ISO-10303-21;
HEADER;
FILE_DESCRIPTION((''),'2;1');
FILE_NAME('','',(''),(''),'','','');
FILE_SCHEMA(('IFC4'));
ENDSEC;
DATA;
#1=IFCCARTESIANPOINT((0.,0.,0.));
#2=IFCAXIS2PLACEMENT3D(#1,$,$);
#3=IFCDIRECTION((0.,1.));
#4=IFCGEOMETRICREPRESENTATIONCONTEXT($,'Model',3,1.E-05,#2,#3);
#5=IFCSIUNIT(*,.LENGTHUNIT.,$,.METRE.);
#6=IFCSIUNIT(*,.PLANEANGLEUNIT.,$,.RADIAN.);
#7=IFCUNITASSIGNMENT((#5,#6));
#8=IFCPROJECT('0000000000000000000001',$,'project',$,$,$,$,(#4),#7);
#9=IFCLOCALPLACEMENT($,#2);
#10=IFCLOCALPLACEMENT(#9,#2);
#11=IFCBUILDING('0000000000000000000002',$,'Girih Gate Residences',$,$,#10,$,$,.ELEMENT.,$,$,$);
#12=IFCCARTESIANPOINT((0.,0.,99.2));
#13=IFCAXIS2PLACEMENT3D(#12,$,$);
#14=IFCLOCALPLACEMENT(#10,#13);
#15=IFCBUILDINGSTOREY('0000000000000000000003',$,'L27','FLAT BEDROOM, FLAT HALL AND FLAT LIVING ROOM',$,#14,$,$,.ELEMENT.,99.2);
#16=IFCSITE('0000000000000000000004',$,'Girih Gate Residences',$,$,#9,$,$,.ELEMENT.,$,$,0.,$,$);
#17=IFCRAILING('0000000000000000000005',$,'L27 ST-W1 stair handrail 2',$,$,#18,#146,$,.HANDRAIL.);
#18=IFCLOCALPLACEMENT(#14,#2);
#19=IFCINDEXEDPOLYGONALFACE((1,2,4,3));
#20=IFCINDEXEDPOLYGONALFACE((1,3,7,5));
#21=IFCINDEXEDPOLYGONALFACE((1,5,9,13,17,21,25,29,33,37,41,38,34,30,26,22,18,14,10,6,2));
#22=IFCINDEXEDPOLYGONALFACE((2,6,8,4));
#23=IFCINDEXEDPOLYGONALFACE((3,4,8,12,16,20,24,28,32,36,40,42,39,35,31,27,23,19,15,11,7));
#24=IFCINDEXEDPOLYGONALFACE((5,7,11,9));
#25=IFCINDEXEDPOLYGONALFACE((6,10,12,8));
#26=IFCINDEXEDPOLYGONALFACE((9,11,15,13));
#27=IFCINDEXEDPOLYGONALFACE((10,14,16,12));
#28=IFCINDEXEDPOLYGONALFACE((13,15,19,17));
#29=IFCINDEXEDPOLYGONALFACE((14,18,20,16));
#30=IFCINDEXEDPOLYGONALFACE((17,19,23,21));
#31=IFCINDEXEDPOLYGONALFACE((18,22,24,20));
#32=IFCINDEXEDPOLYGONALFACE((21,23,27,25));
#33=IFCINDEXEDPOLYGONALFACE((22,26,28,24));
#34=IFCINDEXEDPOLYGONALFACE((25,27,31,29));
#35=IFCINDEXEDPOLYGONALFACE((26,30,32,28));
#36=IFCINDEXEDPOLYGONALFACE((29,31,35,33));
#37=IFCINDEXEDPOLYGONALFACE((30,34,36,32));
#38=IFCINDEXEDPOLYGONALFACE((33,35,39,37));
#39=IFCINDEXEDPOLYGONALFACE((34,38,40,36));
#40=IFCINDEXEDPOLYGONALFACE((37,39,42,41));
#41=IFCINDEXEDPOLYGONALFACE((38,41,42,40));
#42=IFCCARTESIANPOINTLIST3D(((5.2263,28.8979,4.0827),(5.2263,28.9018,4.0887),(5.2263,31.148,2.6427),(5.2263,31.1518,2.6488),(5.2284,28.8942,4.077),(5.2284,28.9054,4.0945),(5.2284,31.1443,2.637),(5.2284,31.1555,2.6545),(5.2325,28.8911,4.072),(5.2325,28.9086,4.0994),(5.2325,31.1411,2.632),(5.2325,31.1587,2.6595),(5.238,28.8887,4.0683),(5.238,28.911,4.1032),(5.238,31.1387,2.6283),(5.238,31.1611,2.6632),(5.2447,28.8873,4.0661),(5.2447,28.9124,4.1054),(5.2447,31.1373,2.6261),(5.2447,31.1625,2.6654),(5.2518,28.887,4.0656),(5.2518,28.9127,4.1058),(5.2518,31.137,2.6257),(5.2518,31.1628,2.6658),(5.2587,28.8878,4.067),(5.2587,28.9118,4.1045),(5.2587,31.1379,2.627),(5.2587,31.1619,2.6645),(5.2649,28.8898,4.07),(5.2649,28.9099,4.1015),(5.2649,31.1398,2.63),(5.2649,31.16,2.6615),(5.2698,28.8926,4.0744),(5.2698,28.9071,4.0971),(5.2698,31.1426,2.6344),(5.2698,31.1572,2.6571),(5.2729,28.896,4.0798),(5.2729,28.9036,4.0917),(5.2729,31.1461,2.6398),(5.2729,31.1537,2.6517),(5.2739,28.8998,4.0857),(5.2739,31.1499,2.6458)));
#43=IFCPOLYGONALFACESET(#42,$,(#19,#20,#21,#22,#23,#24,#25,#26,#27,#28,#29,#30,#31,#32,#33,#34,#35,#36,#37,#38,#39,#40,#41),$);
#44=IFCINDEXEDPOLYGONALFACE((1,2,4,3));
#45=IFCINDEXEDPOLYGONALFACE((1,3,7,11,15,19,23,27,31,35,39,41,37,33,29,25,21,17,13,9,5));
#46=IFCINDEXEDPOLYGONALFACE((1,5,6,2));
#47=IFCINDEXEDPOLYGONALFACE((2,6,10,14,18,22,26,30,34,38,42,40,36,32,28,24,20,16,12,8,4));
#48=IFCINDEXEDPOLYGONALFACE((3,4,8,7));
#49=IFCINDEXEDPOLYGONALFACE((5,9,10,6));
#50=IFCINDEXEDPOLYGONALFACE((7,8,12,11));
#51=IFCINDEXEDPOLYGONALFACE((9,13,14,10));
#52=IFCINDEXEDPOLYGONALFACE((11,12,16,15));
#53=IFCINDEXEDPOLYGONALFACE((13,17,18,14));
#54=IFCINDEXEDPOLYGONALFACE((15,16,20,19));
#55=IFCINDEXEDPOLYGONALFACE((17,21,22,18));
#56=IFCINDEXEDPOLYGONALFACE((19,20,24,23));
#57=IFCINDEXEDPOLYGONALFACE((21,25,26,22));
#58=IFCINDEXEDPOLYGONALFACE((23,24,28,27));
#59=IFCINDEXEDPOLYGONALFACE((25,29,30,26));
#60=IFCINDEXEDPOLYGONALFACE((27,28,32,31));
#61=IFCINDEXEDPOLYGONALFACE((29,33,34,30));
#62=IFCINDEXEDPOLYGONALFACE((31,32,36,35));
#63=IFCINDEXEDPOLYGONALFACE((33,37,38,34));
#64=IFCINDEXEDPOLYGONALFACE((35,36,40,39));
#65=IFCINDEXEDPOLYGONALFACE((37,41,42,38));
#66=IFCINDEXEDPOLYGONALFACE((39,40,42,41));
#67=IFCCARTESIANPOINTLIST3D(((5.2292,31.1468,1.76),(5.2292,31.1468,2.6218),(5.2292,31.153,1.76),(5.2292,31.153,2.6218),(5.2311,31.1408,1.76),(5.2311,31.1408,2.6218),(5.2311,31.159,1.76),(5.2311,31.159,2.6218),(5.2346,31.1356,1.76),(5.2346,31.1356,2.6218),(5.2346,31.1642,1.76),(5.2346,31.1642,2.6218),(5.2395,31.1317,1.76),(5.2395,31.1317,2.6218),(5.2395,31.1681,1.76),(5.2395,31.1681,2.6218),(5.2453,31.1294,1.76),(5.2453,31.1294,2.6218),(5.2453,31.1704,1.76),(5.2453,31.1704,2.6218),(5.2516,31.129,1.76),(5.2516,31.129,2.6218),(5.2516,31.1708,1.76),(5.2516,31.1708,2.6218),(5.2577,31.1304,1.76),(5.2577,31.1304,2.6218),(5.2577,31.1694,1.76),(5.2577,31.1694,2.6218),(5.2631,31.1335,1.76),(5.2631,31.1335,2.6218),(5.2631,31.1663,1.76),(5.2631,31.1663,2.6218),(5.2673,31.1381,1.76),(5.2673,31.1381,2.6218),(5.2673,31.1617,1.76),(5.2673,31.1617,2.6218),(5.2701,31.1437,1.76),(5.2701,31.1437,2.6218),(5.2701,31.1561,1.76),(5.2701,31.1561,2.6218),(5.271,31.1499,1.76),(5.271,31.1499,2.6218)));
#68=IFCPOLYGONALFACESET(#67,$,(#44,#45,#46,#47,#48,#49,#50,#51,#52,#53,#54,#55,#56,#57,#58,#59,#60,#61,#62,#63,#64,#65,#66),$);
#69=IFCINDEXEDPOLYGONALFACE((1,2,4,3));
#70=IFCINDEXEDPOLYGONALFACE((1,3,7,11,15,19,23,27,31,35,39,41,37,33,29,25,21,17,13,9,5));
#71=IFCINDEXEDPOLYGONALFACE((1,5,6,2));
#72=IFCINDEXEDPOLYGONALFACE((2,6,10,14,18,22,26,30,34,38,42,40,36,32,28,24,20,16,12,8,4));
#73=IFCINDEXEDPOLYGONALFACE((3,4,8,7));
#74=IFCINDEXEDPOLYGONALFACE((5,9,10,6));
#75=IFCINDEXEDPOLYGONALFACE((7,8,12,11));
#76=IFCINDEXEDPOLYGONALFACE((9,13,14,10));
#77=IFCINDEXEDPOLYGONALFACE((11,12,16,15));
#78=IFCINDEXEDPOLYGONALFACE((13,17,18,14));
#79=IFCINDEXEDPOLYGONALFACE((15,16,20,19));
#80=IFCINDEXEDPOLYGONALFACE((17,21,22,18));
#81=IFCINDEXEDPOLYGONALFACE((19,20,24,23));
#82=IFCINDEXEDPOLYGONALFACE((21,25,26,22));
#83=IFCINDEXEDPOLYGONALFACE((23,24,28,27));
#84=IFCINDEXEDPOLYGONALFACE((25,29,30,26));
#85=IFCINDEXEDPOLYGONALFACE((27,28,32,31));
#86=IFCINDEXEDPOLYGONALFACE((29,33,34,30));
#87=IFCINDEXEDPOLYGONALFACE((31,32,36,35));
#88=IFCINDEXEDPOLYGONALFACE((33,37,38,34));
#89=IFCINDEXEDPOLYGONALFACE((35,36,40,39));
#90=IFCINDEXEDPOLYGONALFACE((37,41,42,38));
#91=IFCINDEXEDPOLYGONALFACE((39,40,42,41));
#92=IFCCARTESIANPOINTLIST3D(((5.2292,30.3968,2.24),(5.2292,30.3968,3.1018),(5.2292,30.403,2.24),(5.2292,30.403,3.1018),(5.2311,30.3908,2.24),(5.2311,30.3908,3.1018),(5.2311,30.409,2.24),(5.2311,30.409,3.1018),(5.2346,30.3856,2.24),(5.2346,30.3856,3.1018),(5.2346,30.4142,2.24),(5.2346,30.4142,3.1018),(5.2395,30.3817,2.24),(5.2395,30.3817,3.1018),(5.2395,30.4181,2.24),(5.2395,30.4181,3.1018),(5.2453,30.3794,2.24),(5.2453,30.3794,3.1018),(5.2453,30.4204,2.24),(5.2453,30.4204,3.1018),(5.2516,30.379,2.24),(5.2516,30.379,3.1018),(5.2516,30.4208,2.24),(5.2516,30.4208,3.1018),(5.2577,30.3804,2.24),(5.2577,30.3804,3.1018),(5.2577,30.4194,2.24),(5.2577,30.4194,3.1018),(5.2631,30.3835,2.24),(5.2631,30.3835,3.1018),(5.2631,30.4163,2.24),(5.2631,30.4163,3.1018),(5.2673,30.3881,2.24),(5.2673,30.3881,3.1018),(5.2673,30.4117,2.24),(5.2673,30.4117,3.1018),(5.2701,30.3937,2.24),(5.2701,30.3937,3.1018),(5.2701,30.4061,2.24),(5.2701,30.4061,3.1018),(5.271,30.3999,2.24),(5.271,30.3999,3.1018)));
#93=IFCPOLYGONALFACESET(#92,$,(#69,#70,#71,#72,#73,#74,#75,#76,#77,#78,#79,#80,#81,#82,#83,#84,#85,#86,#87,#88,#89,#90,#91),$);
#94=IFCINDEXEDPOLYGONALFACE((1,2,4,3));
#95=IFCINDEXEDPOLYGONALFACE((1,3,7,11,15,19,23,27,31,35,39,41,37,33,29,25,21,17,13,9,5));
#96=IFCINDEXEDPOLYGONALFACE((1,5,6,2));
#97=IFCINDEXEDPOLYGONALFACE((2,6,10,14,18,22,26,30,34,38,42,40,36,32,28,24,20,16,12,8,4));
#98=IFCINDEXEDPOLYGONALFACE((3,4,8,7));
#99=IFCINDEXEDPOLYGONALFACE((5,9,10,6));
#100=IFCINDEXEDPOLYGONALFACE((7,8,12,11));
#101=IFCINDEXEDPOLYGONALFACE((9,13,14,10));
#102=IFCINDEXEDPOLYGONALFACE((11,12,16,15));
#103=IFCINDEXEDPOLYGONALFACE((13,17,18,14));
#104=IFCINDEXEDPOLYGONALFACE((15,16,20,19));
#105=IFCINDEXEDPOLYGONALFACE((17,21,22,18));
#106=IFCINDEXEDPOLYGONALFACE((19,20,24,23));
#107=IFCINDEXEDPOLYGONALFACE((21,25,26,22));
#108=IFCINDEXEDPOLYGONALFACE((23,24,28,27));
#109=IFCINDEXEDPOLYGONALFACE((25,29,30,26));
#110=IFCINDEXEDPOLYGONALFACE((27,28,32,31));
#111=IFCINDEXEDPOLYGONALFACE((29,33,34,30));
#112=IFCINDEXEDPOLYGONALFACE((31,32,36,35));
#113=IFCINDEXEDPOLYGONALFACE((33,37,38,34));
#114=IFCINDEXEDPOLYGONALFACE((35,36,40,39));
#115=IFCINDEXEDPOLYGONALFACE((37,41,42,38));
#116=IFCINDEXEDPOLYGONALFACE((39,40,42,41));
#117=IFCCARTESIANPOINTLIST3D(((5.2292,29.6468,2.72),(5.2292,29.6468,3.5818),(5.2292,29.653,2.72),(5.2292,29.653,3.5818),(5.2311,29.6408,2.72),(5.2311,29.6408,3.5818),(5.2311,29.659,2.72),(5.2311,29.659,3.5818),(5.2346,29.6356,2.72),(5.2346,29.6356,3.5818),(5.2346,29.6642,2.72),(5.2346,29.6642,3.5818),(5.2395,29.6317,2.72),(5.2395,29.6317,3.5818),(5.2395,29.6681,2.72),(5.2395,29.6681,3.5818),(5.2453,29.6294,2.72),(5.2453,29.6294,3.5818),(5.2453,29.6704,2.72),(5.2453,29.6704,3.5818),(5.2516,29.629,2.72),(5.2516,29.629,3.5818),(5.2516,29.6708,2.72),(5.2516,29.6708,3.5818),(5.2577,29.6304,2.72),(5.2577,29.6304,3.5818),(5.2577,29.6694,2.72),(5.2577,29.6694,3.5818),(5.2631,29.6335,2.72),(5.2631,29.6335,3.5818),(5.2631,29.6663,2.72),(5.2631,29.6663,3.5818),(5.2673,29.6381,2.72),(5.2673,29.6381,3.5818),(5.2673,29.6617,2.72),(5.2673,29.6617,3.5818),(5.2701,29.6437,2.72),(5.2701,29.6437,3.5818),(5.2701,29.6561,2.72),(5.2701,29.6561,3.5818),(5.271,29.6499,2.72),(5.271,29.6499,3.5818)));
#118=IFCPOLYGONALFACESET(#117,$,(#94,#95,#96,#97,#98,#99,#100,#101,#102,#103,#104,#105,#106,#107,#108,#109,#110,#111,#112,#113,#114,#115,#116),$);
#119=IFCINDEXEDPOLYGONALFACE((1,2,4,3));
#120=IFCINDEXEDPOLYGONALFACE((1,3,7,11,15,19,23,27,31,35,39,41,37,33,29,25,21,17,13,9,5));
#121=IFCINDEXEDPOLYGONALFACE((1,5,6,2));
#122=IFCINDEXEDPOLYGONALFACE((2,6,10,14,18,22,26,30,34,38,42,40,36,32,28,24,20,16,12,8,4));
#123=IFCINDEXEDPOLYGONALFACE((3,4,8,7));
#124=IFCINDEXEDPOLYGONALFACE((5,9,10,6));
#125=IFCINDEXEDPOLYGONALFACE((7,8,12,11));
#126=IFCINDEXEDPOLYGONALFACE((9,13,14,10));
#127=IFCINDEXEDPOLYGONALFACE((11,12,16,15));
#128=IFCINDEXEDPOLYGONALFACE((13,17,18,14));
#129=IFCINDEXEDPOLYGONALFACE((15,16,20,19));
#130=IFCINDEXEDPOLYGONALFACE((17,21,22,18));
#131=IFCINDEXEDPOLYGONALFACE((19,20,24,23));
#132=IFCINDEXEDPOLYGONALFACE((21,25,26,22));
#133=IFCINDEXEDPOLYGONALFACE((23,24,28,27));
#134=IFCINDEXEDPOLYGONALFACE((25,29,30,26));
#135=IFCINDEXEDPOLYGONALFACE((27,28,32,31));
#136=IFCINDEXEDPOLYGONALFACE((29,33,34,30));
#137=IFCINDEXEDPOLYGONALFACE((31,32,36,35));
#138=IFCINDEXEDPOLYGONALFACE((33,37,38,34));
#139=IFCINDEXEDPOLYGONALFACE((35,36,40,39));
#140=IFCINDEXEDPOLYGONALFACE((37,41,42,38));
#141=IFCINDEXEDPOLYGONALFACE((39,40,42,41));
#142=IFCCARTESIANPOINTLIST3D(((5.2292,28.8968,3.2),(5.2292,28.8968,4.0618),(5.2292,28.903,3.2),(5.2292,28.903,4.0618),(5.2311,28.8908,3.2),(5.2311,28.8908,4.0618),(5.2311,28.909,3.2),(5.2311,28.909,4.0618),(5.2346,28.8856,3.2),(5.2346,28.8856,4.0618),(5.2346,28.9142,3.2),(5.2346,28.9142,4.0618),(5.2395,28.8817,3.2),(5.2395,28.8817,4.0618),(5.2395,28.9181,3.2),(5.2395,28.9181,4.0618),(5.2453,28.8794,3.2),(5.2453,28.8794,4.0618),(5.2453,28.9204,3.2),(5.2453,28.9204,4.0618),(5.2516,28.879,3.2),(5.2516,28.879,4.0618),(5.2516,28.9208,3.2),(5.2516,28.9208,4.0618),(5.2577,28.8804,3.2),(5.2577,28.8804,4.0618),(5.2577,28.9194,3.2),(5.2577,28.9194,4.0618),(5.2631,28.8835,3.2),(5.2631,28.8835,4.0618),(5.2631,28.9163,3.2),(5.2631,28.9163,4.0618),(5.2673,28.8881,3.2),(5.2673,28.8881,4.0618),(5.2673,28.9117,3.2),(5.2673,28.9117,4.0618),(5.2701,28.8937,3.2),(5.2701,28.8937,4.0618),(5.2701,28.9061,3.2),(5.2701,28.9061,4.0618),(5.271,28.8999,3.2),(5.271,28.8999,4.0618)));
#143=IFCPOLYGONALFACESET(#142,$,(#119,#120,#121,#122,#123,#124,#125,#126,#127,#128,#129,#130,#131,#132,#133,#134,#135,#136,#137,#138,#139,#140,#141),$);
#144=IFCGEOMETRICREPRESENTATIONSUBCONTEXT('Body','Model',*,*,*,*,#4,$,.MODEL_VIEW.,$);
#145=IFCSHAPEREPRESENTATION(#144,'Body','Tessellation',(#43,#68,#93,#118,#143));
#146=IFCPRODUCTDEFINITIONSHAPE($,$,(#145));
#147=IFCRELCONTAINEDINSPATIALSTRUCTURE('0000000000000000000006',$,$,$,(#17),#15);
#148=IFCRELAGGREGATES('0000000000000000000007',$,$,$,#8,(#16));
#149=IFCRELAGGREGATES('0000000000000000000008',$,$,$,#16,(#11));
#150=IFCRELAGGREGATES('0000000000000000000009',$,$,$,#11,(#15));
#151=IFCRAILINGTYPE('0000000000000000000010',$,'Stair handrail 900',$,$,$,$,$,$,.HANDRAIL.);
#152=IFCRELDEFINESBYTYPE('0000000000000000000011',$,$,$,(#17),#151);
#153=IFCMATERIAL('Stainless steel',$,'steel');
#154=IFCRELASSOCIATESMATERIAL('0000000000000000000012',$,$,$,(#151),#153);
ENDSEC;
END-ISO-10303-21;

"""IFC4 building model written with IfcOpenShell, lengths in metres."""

from ifc_helpers import new_model, si_unit, direction, frame, origin, origin_2d, place, context, subcontext, project, spatial, circle, extrude, material, type_object, element, save


model = new_model("IFC4")

# Units and contexts
model_context = context("Model", 3, precision=1e-05, world=origin(), true_north=direction((0.0, 1.0)))
body_context = subcontext(model_context, "Body", "Model", "MODEL_VIEW")
ifc_project = project(units=[si_unit("LENGTHUNIT", "METRE"), si_unit("PLANEANGLEUNIT", "RADIAN")], contexts=[model_context])

# Site, building, storey
site_placement = place(None, origin())
site = spatial("IfcSite", under=ifc_project, at=site_placement, Name="Girih Gate Residences", CompositionType="ELEMENT", RefElevation=0.0)
building_placement = place(site_placement, origin())
building = spatial("IfcBuilding", under=site, at=building_placement, Name="Girih Gate Residences", CompositionType="ELEMENT")
storey_placement = place(building_placement, frame((0.0, 0.0, 99.2)))
storey = spatial("IfcBuildingStorey", under=building, at=storey_placement, Name="L27", Description="FLAT BEDROOM, FLAT HALL AND FLAT LIVING ROOM", CompositionType="ELEMENT", Elevation=99.2)

# Railing
ifc_material_1 = material(Name="Stainless steel", Category="steel")
railing_type_1 = type_object("IfcRailingType", Name="Stair handrail 900", PredefinedType="HANDRAIL", material=ifc_material_1)
railing_1_placement = place(storey_placement, frame((5.25, 31.1499, 1.76)))
element("IfcRailing", 1, at=railing_1_placement, inside=storey, type_object=railing_type_1, Name="L27 ST-W1 stair handrail 2", PredefinedType="HANDRAIL", context=body_context, shape_type="SweptSolid", body=[
    extrude(circle(Radius=0.0239, at=origin_2d()), frame((0.0, 0.0, 0.8857), z_axis=(0.0, -0.842281, 0.539038), x_axis=(1.0, 0.0, 0.0)), (0.0, 0.0, 1.0), 2.6714),
    extrude(circle(Radius=0.021, at=origin_2d()), origin(), (0.0, 0.0, 1.0), 0.8618),
    extrude(circle(Radius=0.021, at=origin_2d()), frame((0.0, -0.75, 0.48)), (0.0, 0.0, 1.0), 0.8618),
    extrude(circle(Radius=0.021, at=origin_2d()), frame((0.0, -1.5, 0.96)), (0.0, 0.0, 1.0), 0.8618),
    extrude(circle(Radius=0.021, at=origin_2d()), frame((0.0, -2.25, 1.4399)), (0.0, 0.0, 1.0), 0.8618),
])

save(model, "model.ifc")
